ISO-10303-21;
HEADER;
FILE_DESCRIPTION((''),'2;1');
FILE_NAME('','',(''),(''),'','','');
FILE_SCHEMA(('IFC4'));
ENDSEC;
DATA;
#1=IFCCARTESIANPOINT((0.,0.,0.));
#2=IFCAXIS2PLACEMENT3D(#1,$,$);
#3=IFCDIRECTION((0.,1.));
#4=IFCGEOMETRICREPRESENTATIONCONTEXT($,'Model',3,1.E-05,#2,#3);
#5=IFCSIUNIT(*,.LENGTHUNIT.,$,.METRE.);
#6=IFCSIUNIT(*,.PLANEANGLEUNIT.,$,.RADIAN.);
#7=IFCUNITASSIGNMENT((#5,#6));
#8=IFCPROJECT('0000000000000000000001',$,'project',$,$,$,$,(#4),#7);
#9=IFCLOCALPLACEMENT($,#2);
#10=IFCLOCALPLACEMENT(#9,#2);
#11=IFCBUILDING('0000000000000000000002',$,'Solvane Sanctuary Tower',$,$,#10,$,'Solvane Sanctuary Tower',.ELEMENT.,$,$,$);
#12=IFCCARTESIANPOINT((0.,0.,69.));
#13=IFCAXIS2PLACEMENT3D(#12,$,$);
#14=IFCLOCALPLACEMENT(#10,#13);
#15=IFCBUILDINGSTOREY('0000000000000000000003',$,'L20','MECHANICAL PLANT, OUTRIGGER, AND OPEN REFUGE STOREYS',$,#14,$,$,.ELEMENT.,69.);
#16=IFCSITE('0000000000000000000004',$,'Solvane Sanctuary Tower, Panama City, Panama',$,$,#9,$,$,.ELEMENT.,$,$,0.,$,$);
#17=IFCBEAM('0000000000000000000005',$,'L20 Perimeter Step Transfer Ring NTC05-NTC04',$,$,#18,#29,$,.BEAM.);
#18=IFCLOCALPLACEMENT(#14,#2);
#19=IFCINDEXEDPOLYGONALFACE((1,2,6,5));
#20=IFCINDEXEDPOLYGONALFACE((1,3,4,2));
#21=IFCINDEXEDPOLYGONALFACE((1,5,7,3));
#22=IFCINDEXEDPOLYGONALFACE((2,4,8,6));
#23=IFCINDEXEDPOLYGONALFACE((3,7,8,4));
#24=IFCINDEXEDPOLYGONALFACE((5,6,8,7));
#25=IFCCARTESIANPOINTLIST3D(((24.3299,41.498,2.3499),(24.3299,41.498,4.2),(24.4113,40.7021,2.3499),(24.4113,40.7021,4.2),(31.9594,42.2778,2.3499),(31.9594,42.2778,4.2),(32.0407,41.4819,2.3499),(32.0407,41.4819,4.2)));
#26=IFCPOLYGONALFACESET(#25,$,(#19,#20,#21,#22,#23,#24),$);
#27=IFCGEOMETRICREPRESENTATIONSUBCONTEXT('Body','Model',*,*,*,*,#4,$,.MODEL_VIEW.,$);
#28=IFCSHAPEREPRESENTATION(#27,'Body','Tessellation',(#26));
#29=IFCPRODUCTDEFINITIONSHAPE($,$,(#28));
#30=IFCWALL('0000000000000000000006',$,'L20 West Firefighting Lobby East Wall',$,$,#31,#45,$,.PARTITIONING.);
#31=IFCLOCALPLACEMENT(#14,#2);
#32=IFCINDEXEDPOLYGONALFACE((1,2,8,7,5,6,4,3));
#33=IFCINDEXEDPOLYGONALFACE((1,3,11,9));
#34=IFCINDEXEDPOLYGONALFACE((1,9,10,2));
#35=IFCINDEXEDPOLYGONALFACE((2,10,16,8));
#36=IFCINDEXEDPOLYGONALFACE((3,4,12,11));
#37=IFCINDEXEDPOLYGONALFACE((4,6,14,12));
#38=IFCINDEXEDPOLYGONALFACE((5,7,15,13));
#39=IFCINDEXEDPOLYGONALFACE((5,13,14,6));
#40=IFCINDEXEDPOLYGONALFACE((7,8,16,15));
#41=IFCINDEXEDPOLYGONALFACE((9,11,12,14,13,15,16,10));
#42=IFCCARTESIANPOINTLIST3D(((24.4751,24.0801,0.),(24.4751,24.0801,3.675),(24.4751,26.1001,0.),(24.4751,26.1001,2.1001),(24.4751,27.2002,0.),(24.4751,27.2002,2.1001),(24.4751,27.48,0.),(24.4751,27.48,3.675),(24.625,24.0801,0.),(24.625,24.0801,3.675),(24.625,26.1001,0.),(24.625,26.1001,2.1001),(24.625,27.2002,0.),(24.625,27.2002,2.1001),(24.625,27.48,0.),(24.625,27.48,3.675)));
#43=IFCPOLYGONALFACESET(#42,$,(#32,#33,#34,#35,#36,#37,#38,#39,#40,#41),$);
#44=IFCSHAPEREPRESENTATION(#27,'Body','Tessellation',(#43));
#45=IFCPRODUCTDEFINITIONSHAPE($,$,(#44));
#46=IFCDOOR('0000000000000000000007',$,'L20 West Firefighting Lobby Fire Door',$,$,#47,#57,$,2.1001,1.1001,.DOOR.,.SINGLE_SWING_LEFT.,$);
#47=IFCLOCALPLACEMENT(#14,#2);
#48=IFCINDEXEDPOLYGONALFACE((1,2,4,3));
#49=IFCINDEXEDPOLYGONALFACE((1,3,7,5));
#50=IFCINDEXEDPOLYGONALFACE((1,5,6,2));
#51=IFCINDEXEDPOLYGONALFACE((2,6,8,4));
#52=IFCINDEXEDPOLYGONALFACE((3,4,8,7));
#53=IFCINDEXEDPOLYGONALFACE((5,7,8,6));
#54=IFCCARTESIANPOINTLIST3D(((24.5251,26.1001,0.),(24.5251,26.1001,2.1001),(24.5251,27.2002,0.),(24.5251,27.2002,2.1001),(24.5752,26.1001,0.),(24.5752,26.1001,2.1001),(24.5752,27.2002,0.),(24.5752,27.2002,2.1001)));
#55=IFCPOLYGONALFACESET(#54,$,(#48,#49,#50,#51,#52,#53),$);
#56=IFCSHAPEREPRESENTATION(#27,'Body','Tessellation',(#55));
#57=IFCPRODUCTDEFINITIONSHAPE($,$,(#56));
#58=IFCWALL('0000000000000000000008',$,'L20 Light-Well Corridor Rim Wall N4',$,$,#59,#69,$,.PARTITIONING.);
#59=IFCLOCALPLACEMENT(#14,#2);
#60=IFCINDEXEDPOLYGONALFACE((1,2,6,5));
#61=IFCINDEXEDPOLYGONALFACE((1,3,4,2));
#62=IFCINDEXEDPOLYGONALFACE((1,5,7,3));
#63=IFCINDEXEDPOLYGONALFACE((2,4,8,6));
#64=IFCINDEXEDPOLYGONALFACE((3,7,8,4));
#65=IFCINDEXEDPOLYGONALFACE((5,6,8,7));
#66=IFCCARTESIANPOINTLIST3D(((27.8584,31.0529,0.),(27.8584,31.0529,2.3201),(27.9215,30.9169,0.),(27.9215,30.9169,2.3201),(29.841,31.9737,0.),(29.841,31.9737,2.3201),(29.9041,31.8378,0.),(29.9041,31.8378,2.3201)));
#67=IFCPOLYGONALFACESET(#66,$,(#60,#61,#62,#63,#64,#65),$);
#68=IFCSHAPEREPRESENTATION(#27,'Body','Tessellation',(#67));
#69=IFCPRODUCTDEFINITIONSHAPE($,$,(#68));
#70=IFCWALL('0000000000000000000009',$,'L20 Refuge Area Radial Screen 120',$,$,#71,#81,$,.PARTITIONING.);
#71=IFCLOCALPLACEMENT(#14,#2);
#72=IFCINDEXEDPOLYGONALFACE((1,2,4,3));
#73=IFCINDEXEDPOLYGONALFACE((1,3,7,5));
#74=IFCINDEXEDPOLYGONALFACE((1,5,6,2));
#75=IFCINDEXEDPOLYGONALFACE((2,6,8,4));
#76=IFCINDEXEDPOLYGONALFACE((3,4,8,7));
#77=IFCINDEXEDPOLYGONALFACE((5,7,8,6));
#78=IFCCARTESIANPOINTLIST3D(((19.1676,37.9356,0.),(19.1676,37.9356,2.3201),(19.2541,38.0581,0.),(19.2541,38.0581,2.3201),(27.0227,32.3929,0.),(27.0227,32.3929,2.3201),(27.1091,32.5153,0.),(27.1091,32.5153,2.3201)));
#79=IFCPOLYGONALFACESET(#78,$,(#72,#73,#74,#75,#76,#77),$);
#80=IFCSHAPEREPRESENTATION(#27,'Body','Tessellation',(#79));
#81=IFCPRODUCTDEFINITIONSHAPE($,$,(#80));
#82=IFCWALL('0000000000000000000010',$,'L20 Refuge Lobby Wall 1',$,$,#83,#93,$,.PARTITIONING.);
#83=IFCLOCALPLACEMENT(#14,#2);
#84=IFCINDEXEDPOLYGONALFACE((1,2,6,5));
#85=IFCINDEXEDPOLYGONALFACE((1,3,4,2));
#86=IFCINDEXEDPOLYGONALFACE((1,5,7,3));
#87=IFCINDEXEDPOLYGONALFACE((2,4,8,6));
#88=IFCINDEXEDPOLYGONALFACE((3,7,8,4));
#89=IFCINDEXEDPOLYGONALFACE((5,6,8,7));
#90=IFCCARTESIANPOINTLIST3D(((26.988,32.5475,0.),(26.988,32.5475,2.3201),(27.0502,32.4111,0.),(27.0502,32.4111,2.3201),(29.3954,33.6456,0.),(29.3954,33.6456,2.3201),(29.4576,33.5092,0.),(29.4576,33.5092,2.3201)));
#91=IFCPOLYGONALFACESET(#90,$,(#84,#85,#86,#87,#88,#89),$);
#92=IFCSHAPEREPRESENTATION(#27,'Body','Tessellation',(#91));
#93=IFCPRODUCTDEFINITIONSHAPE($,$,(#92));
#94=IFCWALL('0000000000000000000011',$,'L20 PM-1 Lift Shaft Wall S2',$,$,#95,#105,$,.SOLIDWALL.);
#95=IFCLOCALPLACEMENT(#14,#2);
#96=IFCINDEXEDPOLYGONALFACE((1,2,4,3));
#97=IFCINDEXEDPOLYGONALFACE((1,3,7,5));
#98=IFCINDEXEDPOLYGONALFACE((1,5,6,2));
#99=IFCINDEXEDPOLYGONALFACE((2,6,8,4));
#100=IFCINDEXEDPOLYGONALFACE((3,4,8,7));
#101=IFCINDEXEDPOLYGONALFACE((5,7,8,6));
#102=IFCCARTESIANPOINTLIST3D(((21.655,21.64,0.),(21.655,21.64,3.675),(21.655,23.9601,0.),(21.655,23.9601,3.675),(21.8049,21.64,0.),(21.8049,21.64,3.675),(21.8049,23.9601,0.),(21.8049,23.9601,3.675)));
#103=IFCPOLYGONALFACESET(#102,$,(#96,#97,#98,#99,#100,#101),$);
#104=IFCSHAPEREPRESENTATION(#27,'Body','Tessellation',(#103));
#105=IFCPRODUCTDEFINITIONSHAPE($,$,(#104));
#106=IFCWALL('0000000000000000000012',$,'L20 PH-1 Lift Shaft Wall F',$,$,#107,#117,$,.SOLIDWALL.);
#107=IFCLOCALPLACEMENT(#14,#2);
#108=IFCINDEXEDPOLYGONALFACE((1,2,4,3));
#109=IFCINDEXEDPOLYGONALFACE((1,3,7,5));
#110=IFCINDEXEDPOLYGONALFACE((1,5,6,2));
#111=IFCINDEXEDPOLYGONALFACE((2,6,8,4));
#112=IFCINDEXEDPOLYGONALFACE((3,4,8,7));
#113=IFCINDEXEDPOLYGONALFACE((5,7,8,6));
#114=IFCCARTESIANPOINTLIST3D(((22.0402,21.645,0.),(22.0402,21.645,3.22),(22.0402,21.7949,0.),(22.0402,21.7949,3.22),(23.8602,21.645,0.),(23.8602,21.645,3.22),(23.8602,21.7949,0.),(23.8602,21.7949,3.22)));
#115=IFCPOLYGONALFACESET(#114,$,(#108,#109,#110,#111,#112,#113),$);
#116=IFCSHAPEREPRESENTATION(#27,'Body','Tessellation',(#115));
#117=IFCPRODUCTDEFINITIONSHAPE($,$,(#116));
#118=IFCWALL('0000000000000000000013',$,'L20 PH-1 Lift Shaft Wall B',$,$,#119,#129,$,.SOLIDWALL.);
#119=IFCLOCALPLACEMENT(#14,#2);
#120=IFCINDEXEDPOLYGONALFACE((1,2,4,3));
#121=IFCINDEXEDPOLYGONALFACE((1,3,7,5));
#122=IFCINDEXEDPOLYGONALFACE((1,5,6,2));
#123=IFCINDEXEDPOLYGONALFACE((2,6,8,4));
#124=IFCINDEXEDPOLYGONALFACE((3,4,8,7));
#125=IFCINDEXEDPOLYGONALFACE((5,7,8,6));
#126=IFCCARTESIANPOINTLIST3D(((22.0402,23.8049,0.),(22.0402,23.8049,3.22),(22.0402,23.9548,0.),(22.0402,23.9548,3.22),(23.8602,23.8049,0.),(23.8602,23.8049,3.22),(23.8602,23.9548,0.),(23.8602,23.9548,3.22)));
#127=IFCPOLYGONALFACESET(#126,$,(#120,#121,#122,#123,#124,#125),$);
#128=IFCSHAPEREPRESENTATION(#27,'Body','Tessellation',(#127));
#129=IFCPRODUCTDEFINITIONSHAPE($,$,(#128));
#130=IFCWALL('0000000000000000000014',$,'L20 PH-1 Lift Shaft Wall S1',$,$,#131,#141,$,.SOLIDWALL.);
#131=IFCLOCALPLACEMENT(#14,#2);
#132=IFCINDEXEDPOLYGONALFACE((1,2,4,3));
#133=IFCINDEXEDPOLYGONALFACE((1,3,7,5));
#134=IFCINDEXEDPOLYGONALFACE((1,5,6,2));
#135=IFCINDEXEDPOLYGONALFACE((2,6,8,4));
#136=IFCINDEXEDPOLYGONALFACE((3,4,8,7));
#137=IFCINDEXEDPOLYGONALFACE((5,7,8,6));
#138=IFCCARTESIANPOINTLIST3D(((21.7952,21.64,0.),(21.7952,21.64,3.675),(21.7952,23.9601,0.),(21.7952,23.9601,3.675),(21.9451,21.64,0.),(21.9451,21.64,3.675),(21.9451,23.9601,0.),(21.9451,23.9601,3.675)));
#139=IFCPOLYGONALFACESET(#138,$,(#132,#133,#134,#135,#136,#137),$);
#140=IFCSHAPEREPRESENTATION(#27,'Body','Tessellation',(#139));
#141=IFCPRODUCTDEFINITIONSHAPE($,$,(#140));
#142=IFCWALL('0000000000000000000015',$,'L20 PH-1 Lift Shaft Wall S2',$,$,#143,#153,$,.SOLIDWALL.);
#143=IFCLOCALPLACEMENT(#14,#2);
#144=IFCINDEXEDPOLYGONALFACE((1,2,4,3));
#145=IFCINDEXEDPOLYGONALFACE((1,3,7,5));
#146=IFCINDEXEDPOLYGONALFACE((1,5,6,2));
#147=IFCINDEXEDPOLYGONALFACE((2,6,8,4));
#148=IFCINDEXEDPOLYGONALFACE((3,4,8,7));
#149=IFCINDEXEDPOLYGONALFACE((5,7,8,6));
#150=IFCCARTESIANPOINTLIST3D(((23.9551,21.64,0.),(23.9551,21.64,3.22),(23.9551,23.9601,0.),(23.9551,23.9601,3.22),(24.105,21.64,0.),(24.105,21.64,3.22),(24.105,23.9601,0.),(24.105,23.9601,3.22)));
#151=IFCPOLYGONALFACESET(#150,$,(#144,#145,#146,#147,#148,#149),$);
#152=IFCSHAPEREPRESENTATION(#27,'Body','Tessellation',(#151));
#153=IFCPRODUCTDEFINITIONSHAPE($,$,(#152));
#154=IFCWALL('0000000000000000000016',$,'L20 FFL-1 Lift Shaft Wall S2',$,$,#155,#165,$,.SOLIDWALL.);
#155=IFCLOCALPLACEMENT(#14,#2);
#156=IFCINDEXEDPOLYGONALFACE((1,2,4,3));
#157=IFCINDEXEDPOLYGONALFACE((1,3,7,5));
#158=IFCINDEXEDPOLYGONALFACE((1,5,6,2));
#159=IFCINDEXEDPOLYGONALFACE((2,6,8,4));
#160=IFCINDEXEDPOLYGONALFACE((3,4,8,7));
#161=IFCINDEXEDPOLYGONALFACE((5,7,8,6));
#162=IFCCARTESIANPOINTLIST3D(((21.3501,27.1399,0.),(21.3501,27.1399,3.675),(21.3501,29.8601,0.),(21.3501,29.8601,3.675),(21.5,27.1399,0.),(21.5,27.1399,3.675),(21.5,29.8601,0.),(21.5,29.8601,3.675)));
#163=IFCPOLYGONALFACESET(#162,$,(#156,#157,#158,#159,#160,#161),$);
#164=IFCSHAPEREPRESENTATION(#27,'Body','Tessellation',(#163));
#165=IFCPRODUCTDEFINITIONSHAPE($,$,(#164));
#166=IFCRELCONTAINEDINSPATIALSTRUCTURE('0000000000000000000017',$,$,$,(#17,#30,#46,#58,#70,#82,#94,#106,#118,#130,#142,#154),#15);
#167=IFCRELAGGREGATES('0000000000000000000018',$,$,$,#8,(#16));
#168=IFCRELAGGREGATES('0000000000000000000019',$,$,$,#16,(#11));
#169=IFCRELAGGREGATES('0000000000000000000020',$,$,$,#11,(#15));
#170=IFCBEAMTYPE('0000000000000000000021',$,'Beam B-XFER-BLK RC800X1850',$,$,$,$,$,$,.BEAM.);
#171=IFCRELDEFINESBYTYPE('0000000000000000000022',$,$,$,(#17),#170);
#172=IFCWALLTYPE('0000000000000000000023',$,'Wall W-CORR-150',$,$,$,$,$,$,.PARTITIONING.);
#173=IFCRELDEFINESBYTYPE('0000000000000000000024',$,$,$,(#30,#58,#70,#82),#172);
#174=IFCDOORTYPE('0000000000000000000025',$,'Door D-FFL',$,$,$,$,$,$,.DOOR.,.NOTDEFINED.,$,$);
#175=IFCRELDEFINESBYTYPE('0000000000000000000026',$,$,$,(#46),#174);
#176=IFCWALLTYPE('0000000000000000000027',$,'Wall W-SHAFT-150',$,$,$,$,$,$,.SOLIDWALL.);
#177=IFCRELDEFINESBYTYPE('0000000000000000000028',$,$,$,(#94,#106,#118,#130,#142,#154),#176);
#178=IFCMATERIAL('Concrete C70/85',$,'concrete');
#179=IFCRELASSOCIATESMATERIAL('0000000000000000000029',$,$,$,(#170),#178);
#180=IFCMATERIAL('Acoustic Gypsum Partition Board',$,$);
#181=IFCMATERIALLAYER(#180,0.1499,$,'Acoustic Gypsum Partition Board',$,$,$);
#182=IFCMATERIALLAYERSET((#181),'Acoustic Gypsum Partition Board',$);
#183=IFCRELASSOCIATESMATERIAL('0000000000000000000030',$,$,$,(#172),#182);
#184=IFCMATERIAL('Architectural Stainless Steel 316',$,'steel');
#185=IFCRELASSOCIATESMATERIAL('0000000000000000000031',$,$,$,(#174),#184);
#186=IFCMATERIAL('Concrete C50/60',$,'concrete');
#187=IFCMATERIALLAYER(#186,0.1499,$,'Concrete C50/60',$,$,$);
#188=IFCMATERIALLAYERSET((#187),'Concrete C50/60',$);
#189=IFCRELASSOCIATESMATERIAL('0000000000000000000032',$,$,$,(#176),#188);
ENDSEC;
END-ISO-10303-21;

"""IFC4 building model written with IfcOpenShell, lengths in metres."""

from ifc_helpers import new_model, si_unit, direction, frame, frame_2d, origin, origin_2d, place, context, subcontext, project, spatial, rectangle, extrude, material, layer, layer_set, material_profile, profile_set, type_object, element, fill, save


model = new_model("IFC4")

# Units and contexts
model_context = context("Model", 3, precision=1e-05, world=origin(), true_north=direction((0.0, 1.0)))
body_context = subcontext(model_context, "Body", "Model", "MODEL_VIEW")
ifc_project = project(units=[si_unit("LENGTHUNIT", "METRE"), si_unit("PLANEANGLEUNIT", "RADIAN")], contexts=[model_context])

# Site, building, storey
site_placement = place(None, origin())
site = spatial("IfcSite", under=ifc_project, at=site_placement, Name="Solvane Sanctuary Tower, Panama City, Panama", CompositionType="ELEMENT", RefElevation=0.0)
building_placement = place(site_placement, origin())
building = spatial("IfcBuilding", under=site, at=building_placement, Name="Solvane Sanctuary Tower", LongName="Solvane Sanctuary Tower", CompositionType="ELEMENT")
storey_placement = place(building_placement, frame((0.0, 0.0, 69.0)))
storey = spatial("IfcBuildingStorey", under=building, at=storey_placement, Name="L20", Description="MECHANICAL PLANT, OUTRIGGER, AND OPEN REFUGE STOREYS", CompositionType="ELEMENT", Elevation=69.0)

# Shared definitions
ifc_material_1 = material(Name="Concrete C70/85", Category="concrete")

# Beam
ifc_material_profile_1 = material_profile(ifc_material_1, rectangle(XDim=0.8, YDim=1.8501, at=origin_2d()), Name="RC800X1850")
ifc_profile_set_1 = profile_set([ifc_material_profile_1], Name="Concrete C70/85")
beam_type_1 = type_object("IfcBeamType", Name="Beam B-XFER-BLK RC800X1850", PredefinedType="BEAM", material=ifc_profile_set_1)
beam_1_placement = place(storey_placement, frame((24.3706, 41.1001, 3.2749), z_axis=(0.994817, 0.101678, 0.0), x_axis=(-0.101678, 0.994817, 0.0)))
element("IfcBeam", 1, at=beam_1_placement, inside=storey, type_object=beam_type_1, Name="L20 Perimeter Step Transfer Ring NTC05-NTC04", PredefinedType="BEAM", context=body_context, shape_type="SweptSolid", body=[
    extrude(rectangle(XDim=0.8, YDim=1.8501, at=origin_2d()), origin(), (0.0, 0.0, 1.0), 7.6692),
])

# Wall, opening, door
ifc_material_2 = material(Name="Acoustic Gypsum Partition Board")
ifc_layer_1 = layer(ifc_material_2, 0.1499, Name="Acoustic Gypsum Partition Board")
ifc_layer_set_1 = layer_set([ifc_layer_1], Name="Acoustic Gypsum Partition Board")
wall_type_1 = type_object("IfcWallType", Name="Wall W-CORR-150", PredefinedType="PARTITIONING", material=ifc_layer_set_1)
wall_1_placement = place(storey_placement, frame((24.55, 24.0801, 0.0), z_axis=(0.0, 0.0, 1.0), x_axis=(0.0, 1.0, 0.0)))
wall_1 = element("IfcWall", 2, at=wall_1_placement, inside=storey, type_object=wall_type_1, Name="L20 West Firefighting Lobby East Wall", PredefinedType="PARTITIONING", context=body_context, shape_type="SweptSolid", body=[
    extrude(rectangle(XDim=3.3999, YDim=0.1499, at=frame_2d((1.7, 0.0))), origin(), (0.0, 0.0, 1.0), 3.675),
])
opening_1_placement = place(wall_1_placement, frame((2.02, 0.0, 0.0)))
opening_1 = element("IfcOpeningElement", 3, at=opening_1_placement, cuts=wall_1, PredefinedType="OPENING", context=body_context, shape_type="SweptSolid", body=[
    extrude(rectangle(XDim=1.1001, YDim=2.1001, at=frame_2d((0.55, 1.05))), frame((0.0, 0.085, 0.0), z_axis=(0.0, -1.0, 0.0), x_axis=(1.0, 0.0, 0.0)), (0.0, 0.0, 1.0), 0.1699),
])
ifc_material_3 = material(Name="Architectural Stainless Steel 316", Category="steel")
door_type_1 = type_object("IfcDoorType", Name="Door D-FFL", OperationType="NOTDEFINED", PredefinedType="DOOR", material=ifc_material_3)
door_1_placement = place(opening_1_placement, origin())
door_1 = element("IfcDoor", 4, at=door_1_placement, inside=storey, type_object=door_type_1, Name="L20 West Firefighting Lobby Fire Door", OperationType="SINGLE_SWING_LEFT", OverallHeight=2.1001, OverallWidth=1.1001, PredefinedType="DOOR", context=body_context, shape_type="SweptSolid", body=[
    extrude(rectangle(XDim=1.1001, YDim=2.1001, at=frame_2d((0.55, 1.05))), frame((0.0, 0.0249, 0.0), z_axis=(0.0, -1.0, 0.0), x_axis=(1.0, 0.0, 0.0)), (0.0, 0.0, 1.0), 0.05),
])
fill(opening_1, door_1)

# Walls
wall_2_placement = place(storey_placement, frame((29.8726, 31.9058, 0.0), z_axis=(0.0, 0.0, 1.0), x_axis=(-0.906943, -0.421252, 0.0)))
element("IfcWall", 5, at=wall_2_placement, inside=storey, type_object=wall_type_1, Name="L20 Light-Well Corridor Rim Wall N4", PredefinedType="PARTITIONING", context=body_context, shape_type="SweptSolid", body=[
    extrude(rectangle(XDim=2.186, YDim=0.1499, at=frame_2d((1.093, 0.0))), origin(), (0.0, 0.0, 1.0), 2.3201),
])
wall_3_placement = place(storey_placement, frame((27.0659, 32.4541, 0.0), z_axis=(0.0, 0.0, 1.0), x_axis=(-0.817064, 0.576547, 0.0)))
element("IfcWall", 6, at=wall_3_placement, inside=storey, type_object=wall_type_1, Name="L20 Refuge Area Radial Screen 120", PredefinedType="PARTITIONING", context=body_context, shape_type="SweptSolid", body=[
    extrude(rectangle(XDim=9.6138, YDim=0.1499, at=frame_2d((4.8069, 0.0))), origin(), (0.0, 0.0, 1.0), 2.3201),
])
wall_4_placement = place(storey_placement, frame((29.4265, 33.5774, 0.0), z_axis=(0.0, 0.0, 1.0), x_axis=(-0.909819, -0.415005, 0.0)))
element("IfcWall", 7, at=wall_4_placement, inside=storey, type_object=wall_type_1, Name="L20 Refuge Lobby Wall 1", PredefinedType="PARTITIONING", context=body_context, shape_type="SweptSolid", body=[
    extrude(rectangle(XDim=2.646, YDim=0.1499, at=frame_2d((1.323, 0.0))), origin(), (0.0, 0.0, 1.0), 2.3201),
])
ifc_material_4 = material(Name="Concrete C50/60", Category="concrete")
ifc_layer_2 = layer(ifc_material_4, 0.1499, Name="Concrete C50/60")
ifc_layer_set_2 = layer_set([ifc_layer_2], Name="Concrete C50/60")
wall_type_2 = type_object("IfcWallType", Name="Wall W-SHAFT-150", PredefinedType="SOLIDWALL", material=ifc_layer_set_2)
wall_5_placement = place(storey_placement, frame((21.73, 21.6399, 0.0), z_axis=(0.0, 0.0, 1.0), x_axis=(0.0, 1.0, 0.0)))
element("IfcWall", 8, at=wall_5_placement, inside=storey, type_object=wall_type_2, Name="L20 PM-1 Lift Shaft Wall S2", PredefinedType="SOLIDWALL", context=body_context, shape_type="SweptSolid", body=[
    extrude(rectangle(XDim=2.3201, YDim=0.1499, at=frame_2d((1.1602, 0.0))), origin(), (0.0, 0.0, 1.0), 3.675),
])
for number, where, z_axis, x_axis, name in (
    (9, (22.04, 21.72, 0.0), (0.0, 0.0, 1.0), (1.0, 0.0, 0.0), "L20 PH-1 Lift Shaft Wall F"),
    (10, (22.04, 23.8799, 0.0), (0.0, 0.0, 1.0), (1.0, 0.0, 0.0), "L20 PH-1 Lift Shaft Wall B"),
):
    element("IfcWall", number, at=place(storey_placement, frame(where, z_axis=z_axis, x_axis=x_axis)), inside=storey, type_object=wall_type_2, Name=name, PredefinedType="SOLIDWALL", context=body_context, shape_type="SweptSolid", body=[
        extrude(rectangle(XDim=1.8201, YDim=0.1499, at=frame_2d((0.9102, 0.0))), origin(), (0.0, 0.0, 1.0), 3.22),
    ])
wall_6_placement = place(storey_placement, frame((21.8701, 21.6399, 0.0), z_axis=(0.0, 0.0, 1.0), x_axis=(0.0, 1.0, 0.0)))
element("IfcWall", 11, at=wall_6_placement, inside=storey, type_object=wall_type_2, Name="L20 PH-1 Lift Shaft Wall S1", PredefinedType="SOLIDWALL", context=body_context, shape_type="SweptSolid", body=[
    extrude(rectangle(XDim=2.3201, YDim=0.1499, at=frame_2d((1.1602, 0.0))), origin(), (0.0, 0.0, 1.0), 3.675),
])
wall_7_placement = place(storey_placement, frame((24.03, 21.6399, 0.0), z_axis=(0.0, 0.0, 1.0), x_axis=(0.0, 1.0, 0.0)))
element("IfcWall", 12, at=wall_7_placement, inside=storey, type_object=wall_type_2, Name="L20 PH-1 Lift Shaft Wall S2", PredefinedType="SOLIDWALL", context=body_context, shape_type="SweptSolid", body=[
    extrude(rectangle(XDim=2.3201, YDim=0.1499, at=frame_2d((1.1602, 0.0))), origin(), (0.0, 0.0, 1.0), 3.22),
])
wall_8_placement = place(storey_placement, frame((21.425, 27.1399, 0.0), z_axis=(0.0, 0.0, 1.0), x_axis=(0.0, 1.0, 0.0)))
element("IfcWall", 13, at=wall_8_placement, inside=storey, type_object=wall_type_2, Name="L20 FFL-1 Lift Shaft Wall S2", PredefinedType="SOLIDWALL", context=body_context, shape_type="SweptSolid", body=[
    extrude(rectangle(XDim=2.7202, YDim=0.1499, at=frame_2d((1.3601, 0.0))), origin(), (0.0, 0.0, 1.0), 3.675),
])

save(model, "model.ifc")
